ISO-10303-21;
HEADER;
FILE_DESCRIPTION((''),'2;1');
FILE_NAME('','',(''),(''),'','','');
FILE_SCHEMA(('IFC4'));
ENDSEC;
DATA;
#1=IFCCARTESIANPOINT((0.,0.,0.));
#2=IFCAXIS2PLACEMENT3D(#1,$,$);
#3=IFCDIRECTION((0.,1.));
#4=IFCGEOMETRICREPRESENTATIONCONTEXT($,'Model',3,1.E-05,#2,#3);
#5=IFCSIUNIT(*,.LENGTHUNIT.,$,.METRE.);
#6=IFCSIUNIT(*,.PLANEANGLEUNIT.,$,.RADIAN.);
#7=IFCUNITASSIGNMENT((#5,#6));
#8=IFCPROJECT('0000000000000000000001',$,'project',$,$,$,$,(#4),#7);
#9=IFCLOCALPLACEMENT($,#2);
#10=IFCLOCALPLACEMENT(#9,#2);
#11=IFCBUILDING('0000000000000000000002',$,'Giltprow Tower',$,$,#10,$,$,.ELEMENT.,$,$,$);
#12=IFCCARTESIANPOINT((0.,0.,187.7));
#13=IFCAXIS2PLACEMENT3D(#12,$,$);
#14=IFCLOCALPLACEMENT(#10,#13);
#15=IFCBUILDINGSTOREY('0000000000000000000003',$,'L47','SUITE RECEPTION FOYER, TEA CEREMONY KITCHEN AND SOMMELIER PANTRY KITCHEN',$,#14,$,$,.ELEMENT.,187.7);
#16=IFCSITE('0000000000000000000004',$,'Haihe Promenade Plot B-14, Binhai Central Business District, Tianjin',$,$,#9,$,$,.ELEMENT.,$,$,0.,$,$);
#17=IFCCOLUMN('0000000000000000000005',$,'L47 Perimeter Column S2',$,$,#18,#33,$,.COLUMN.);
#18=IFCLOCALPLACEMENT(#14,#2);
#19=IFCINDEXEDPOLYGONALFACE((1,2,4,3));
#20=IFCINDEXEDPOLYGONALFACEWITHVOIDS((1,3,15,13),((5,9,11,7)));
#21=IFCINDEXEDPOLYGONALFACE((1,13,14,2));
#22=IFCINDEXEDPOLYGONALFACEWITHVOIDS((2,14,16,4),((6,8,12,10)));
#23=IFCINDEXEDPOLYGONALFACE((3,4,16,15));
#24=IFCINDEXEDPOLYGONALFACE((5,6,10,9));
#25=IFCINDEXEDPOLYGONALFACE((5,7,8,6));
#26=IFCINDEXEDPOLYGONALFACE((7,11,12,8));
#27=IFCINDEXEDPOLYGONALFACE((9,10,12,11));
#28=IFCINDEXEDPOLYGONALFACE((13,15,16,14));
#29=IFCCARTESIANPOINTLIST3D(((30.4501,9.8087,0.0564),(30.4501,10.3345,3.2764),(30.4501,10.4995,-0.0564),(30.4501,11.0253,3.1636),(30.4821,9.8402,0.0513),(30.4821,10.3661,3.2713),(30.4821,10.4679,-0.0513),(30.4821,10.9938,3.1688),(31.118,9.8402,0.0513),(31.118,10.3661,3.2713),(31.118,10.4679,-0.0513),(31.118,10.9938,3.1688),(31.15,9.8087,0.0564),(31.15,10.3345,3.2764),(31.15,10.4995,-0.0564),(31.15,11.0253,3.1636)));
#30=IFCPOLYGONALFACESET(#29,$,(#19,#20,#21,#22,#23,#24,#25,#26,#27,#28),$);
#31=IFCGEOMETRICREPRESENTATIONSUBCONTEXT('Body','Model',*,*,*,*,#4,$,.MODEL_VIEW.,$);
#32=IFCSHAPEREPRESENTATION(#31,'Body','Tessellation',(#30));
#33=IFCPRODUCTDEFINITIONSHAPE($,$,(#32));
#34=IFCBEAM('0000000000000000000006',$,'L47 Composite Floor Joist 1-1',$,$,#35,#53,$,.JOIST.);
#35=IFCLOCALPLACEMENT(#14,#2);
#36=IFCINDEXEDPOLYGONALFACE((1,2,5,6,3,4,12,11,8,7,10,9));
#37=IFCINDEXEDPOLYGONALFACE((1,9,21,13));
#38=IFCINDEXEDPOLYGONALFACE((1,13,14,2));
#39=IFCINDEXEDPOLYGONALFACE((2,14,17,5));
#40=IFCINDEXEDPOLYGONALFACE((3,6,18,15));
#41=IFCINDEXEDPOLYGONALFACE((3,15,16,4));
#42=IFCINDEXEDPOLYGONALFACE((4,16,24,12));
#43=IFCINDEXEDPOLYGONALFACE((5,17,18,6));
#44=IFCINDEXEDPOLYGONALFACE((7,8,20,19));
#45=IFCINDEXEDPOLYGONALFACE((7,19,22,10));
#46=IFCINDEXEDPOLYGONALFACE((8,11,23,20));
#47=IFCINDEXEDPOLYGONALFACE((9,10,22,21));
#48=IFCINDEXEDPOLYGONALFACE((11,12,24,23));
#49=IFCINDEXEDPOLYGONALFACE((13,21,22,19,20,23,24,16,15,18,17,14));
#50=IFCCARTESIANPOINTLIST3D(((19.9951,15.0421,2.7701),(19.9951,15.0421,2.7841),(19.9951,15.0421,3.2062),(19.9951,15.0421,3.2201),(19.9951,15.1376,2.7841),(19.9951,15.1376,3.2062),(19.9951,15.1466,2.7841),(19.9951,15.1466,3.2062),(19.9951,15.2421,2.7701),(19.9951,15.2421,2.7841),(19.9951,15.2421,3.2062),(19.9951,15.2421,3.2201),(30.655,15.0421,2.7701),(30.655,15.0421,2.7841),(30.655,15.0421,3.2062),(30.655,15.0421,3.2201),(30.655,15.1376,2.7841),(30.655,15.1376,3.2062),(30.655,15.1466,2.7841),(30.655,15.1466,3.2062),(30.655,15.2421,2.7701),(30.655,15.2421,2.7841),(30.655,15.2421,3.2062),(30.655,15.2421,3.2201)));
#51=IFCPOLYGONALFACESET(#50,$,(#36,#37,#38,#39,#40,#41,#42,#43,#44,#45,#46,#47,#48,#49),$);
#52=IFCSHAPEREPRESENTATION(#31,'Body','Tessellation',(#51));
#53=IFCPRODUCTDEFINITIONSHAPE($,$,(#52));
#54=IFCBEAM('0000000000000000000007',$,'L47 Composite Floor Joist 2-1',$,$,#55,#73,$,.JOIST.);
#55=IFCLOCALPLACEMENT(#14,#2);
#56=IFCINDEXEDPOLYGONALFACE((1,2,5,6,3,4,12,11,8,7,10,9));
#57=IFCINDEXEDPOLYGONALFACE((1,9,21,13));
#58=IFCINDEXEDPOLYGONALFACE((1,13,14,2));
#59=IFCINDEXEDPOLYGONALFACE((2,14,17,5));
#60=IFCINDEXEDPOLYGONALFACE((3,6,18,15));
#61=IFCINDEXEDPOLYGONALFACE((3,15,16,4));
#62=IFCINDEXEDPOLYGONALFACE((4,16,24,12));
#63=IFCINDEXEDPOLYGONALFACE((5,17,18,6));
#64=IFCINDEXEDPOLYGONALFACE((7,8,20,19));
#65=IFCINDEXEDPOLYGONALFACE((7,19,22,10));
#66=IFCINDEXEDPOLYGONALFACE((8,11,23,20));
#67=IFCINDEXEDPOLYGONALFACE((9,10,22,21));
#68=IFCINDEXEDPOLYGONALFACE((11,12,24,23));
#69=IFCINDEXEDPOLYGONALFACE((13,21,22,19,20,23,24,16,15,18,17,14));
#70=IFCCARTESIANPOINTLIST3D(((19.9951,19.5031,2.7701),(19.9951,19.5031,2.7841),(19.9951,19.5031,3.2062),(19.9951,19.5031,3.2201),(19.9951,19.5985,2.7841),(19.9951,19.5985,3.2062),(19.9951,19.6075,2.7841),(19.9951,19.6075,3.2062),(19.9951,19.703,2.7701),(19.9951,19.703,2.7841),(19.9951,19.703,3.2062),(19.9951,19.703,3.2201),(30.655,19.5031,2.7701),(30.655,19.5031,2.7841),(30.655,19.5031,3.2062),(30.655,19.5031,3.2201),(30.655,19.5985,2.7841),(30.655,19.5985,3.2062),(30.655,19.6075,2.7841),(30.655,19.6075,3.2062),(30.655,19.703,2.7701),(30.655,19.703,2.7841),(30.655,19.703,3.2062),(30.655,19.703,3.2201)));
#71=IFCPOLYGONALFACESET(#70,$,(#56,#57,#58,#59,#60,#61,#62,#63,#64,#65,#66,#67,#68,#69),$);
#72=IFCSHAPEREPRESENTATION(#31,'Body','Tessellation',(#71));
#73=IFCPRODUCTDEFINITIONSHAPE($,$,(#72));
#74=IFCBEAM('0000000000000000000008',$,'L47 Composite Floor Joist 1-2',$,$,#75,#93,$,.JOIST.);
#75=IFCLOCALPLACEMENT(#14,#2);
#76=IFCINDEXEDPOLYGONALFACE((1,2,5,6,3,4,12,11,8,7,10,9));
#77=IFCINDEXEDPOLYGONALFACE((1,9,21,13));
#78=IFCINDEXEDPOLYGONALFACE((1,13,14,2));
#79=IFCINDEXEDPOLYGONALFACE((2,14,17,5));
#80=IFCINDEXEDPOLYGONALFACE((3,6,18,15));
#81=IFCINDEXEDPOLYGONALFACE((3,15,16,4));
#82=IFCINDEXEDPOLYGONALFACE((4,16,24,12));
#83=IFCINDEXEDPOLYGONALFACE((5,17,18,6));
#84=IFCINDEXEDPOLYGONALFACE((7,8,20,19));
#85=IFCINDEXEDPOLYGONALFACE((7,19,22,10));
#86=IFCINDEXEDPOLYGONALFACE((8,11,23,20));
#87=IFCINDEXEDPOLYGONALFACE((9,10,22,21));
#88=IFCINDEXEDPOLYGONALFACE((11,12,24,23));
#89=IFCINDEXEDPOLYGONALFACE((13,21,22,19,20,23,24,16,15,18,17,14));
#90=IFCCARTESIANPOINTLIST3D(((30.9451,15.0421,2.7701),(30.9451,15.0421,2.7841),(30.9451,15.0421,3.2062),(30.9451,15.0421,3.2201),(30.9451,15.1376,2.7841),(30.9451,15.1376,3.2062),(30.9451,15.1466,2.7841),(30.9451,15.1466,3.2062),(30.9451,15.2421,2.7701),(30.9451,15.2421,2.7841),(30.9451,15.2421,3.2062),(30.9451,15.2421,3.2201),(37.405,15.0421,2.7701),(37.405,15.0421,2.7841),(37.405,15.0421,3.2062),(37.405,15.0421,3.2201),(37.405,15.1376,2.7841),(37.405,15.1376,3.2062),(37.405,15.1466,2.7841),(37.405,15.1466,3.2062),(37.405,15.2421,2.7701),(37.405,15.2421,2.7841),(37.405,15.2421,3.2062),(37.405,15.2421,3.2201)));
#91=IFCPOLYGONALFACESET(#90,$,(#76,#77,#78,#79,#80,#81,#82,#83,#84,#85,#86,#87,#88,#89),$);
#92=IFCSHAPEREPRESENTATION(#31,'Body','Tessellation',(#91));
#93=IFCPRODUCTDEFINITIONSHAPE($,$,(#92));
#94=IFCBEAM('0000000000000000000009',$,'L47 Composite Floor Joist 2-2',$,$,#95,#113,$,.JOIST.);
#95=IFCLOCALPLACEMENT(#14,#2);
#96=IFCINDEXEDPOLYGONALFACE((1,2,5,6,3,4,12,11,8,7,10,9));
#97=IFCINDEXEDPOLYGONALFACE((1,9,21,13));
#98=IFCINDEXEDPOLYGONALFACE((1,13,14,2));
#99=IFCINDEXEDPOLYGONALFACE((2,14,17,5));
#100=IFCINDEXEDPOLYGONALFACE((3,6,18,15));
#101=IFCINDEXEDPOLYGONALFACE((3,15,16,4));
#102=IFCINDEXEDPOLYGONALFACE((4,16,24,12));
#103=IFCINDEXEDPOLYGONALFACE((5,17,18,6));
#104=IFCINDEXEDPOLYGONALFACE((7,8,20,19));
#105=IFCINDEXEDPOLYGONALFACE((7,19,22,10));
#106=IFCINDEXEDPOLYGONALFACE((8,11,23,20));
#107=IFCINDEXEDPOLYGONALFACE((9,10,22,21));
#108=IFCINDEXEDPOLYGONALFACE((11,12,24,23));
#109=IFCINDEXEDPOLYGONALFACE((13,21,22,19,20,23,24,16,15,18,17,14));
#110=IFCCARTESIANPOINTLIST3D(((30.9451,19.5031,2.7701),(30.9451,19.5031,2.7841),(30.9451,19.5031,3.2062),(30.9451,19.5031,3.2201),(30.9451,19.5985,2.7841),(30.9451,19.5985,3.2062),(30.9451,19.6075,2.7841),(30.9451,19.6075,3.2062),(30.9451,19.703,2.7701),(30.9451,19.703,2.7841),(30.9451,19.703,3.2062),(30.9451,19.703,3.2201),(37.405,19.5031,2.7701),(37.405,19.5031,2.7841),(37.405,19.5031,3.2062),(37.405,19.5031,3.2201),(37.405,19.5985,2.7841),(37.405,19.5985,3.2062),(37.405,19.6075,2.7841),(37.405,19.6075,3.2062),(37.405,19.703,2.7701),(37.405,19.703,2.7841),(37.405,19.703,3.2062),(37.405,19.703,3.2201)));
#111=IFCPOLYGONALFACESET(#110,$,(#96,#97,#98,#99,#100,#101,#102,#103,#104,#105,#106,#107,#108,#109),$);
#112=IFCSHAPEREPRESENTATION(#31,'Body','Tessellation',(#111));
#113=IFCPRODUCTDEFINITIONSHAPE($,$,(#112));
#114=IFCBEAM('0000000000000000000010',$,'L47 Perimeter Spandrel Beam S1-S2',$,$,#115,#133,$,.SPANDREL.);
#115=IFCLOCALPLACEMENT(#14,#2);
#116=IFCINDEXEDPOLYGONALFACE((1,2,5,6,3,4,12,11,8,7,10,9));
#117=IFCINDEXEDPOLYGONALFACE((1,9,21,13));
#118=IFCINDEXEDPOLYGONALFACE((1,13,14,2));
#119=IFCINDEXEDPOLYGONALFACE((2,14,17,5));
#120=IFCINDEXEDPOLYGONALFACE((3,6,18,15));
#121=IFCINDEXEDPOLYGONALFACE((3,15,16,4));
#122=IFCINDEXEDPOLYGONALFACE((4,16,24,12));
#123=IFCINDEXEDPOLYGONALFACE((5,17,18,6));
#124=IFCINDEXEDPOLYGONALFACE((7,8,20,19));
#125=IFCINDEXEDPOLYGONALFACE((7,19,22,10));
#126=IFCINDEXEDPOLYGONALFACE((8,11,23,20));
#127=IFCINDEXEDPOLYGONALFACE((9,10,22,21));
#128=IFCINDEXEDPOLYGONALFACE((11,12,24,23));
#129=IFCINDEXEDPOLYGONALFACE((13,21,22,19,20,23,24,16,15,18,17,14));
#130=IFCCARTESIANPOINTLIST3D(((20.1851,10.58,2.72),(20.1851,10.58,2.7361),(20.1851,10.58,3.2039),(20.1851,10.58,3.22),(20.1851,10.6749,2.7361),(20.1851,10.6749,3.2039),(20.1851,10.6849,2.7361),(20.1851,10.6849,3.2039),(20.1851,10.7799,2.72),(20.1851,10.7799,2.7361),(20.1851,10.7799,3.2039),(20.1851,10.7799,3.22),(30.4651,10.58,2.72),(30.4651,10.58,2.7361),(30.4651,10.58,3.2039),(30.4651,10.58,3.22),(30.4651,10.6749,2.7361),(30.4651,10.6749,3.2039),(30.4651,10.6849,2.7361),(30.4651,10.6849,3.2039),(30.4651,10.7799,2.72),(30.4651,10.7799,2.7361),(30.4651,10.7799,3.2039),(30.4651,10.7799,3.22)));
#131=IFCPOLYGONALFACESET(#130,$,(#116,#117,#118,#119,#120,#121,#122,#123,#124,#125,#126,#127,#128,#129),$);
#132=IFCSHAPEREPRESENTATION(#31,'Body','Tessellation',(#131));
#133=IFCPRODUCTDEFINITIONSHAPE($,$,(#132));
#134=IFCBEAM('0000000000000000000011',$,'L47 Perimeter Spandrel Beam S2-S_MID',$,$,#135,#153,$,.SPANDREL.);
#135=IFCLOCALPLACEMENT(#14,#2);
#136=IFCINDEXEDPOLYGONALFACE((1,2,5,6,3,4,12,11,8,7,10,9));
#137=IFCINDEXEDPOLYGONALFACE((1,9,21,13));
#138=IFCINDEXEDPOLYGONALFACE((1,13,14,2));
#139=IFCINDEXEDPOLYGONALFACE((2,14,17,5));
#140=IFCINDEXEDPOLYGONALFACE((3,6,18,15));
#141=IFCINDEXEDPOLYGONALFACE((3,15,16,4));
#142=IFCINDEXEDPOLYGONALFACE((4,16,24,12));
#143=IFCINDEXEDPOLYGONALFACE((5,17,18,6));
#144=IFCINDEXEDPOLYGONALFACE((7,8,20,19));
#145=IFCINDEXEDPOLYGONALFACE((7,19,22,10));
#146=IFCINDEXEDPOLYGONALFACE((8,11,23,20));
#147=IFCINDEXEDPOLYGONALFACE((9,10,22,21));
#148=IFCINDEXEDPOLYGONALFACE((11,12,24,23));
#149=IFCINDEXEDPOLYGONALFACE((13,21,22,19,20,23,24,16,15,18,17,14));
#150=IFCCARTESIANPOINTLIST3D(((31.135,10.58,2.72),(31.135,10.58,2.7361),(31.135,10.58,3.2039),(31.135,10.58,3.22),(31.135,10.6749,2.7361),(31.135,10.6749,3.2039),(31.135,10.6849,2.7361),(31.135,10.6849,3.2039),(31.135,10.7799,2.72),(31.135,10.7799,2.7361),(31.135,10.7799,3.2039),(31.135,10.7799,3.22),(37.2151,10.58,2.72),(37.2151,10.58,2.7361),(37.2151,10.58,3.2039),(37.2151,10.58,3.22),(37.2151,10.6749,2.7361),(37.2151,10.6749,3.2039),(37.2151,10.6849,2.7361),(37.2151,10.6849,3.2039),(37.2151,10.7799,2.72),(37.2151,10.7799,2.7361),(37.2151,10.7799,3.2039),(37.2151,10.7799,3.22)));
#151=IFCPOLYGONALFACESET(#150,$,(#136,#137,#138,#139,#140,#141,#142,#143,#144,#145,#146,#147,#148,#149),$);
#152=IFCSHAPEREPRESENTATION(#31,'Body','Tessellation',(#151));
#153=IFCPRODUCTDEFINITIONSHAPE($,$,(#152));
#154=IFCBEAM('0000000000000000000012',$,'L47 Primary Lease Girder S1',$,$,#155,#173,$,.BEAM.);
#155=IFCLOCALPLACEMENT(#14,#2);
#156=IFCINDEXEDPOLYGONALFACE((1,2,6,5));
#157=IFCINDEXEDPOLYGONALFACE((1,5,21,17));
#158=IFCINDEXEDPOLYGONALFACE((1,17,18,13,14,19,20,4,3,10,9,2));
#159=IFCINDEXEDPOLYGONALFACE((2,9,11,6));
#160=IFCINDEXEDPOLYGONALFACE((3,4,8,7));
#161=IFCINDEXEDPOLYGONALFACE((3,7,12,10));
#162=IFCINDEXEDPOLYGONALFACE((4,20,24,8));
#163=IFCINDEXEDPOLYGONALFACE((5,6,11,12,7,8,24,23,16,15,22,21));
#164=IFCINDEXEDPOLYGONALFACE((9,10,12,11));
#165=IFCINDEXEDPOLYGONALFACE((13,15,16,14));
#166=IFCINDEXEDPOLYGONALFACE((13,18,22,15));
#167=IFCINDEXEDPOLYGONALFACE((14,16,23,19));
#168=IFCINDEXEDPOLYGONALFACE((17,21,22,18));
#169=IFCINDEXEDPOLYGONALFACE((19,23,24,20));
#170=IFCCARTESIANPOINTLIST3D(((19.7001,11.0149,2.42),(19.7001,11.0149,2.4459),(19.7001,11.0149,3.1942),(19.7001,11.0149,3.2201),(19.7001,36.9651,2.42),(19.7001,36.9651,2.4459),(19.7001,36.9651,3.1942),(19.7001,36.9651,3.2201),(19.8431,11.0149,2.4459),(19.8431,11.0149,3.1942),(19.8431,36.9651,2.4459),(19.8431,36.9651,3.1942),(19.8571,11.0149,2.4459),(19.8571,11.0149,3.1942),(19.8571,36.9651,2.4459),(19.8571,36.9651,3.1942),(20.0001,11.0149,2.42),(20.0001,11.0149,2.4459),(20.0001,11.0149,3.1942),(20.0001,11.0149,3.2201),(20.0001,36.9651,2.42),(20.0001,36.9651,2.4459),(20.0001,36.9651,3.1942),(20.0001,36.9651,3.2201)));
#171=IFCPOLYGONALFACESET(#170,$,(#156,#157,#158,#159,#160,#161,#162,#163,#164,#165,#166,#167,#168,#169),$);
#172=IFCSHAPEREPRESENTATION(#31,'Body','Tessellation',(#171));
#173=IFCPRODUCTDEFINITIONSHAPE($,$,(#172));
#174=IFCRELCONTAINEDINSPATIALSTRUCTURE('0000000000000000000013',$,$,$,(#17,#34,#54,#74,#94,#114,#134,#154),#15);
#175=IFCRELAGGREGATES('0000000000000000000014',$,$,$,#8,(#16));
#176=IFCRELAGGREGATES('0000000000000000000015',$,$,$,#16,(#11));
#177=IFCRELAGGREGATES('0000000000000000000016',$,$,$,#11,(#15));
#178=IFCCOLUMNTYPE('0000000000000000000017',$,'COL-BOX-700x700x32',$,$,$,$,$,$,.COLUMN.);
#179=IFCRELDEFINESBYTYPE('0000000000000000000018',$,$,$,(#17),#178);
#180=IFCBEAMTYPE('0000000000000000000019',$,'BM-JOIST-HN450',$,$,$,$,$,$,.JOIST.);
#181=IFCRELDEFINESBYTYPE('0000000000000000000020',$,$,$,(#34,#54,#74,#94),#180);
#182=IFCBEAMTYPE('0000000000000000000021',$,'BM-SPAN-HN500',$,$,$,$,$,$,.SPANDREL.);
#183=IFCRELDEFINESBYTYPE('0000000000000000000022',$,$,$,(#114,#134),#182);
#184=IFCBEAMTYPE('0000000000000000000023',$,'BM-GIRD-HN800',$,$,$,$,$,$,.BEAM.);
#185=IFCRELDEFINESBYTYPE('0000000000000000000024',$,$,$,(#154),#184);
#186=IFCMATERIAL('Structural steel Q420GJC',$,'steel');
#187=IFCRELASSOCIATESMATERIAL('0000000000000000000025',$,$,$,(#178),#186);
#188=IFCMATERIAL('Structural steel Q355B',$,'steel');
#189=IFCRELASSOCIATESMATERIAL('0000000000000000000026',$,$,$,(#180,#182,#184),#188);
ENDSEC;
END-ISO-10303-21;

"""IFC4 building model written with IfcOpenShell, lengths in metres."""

from ifc_helpers import new_model, si_unit, direction, frame, origin, origin_2d, place, context, subcontext, project, spatial, hollow_rectangle, i_section, extrude, source, transform, mapped, material, material_profile, profile_set, type_object, element, save


model = new_model("IFC4")

# Units and contexts
model_context = context("Model", 3, precision=1e-05, world=origin(), true_north=direction((0.0, 1.0)))
body_context = subcontext(model_context, "Body", "Model", "MODEL_VIEW")
ifc_project = project(units=[si_unit("LENGTHUNIT", "METRE"), si_unit("PLANEANGLEUNIT", "RADIAN")], contexts=[model_context])

# Site, building, storey
site_placement = place(None, origin())
site = spatial("IfcSite", under=ifc_project, at=site_placement, Name="Haihe Promenade Plot B-14, Binhai Central Business District, Tianjin", CompositionType="ELEMENT", RefElevation=0.0)
building_placement = place(site_placement, origin())
building = spatial("IfcBuilding", under=site, at=building_placement, Name="Giltprow Tower", CompositionType="ELEMENT")
storey_placement = place(building_placement, frame((0.0, 0.0, 187.7)))
storey = spatial("IfcBuildingStorey", under=building, at=storey_placement, Name="L47", Description="SUITE RECEPTION FOYER, TEA CEREMONY KITCHEN AND SOMMELIER PANTRY KITCHEN", CompositionType="ELEMENT", Elevation=187.7)

# Column
ifc_material_1 = material(Name="Structural steel Q420GJC", Category="steel")
ifc_material_profile_1 = material_profile(ifc_material_1, hollow_rectangle(XDim=0.7, YDim=0.7, WallThickness=0.032, at=origin_2d()), Name="BOX 700x700x32")
ifc_profile_set_1 = profile_set([ifc_material_profile_1], Name="Structural steel Q420GJC")
column_type = type_object("IfcColumnType", Name="COL-BOX-700x700x32", PredefinedType="COLUMN", material=ifc_profile_set_1)
shared_shape_1 = source(origin(), body_context, "Body", "SweptSolid", [
    extrude(hollow_rectangle(XDim=0.7, YDim=0.7, WallThickness=0.032, at=origin_2d()), origin(), (0.0, 0.0, 1.0), 3.2627),
])
column_placement = place(storey_placement, frame((30.8, 10.1541, 0.0), z_axis=(0.0, 0.161182, 0.986925), x_axis=(-1.0, 0.0, 0.0)))
element("IfcColumn", 1, at=column_placement, inside=storey, type_object=column_type, Name="L47 Perimeter Column S2", PredefinedType="COLUMN", context=body_context, shape_type="MappedRepresentation", body=[
    mapped(shared_shape_1, transform((0.0, 0.0, 0.0), x_axis=(1.0, 0.0, 0.0), y_axis=(0.0, 1.0, 0.0), z_axis=(0.0, 0.0, 1.0), scale=1.0)),
])

# Beams
ifc_material_2 = material(Name="Structural steel Q355B", Category="steel")
ifc_material_profile_2 = material_profile(ifc_material_2, i_section(OverallWidth=0.2, OverallDepth=0.45, WebThickness=0.009, FlangeThickness=0.0139, at=origin_2d()), Name="HN 450x200x9x14")
ifc_profile_set_2 = profile_set([ifc_material_profile_2], Name="Structural steel Q355B")
beam_type_1 = type_object("IfcBeamType", Name="BM-JOIST-HN450", PredefinedType="JOIST", material=ifc_profile_set_2)
shared_shape_2 = source(origin(), body_context, "Body", "SweptSolid", [
    extrude(i_section(OverallWidth=0.2, OverallDepth=0.45, WebThickness=0.009, FlangeThickness=0.0139, at=origin_2d()), origin(), (0.0, 0.0, 1.0), 10.6599),
])
for number, where, z_axis, x_axis, name in (
    (2, (19.9951, 15.1421, 2.9951), (1.0, 0.0, 0.0), (0.0, 1.0, 0.0), "L47 Composite Floor Joist 1-1"),
    (3, (19.9951, 19.603, 2.9951), (1.0, 0.0, 0.0), (0.0, 1.0, 0.0), "L47 Composite Floor Joist 2-1"),
):
    element("IfcBeam", number, at=place(storey_placement, frame(where, z_axis=z_axis, x_axis=x_axis)), inside=storey, type_object=beam_type_1, Name=name, PredefinedType="JOIST", context=body_context, shape_type="MappedRepresentation", body=[
        mapped(shared_shape_2, transform((0.0, 0.0, 0.0), x_axis=(1.0, 0.0, 0.0), y_axis=(0.0, 1.0, 0.0), z_axis=(0.0, 0.0, 1.0), scale=1.0)),
    ])
shared_shape_3 = source(origin(), body_context, "Body", "SweptSolid", [
    extrude(i_section(OverallWidth=0.2, OverallDepth=0.45, WebThickness=0.009, FlangeThickness=0.0139, at=origin_2d()), origin(), (0.0, 0.0, 1.0), 6.46),
])
for number, where, z_axis, x_axis, name in (
    (4, (30.9451, 15.1421, 2.9951), (1.0, 0.0, 0.0), (0.0, 1.0, 0.0), "L47 Composite Floor Joist 1-2"),
    (5, (30.9451, 19.603, 2.9951), (1.0, 0.0, 0.0), (0.0, 1.0, 0.0), "L47 Composite Floor Joist 2-2"),
):
    element("IfcBeam", number, at=place(storey_placement, frame(where, z_axis=z_axis, x_axis=x_axis)), inside=storey, type_object=beam_type_1, Name=name, PredefinedType="JOIST", context=body_context, shape_type="MappedRepresentation", body=[
        mapped(shared_shape_3, transform((0.0, 0.0, 0.0), x_axis=(1.0, 0.0, 0.0), y_axis=(0.0, 1.0, 0.0), z_axis=(0.0, 0.0, 1.0), scale=1.0)),
    ])
ifc_material_profile_3 = material_profile(ifc_material_2, i_section(OverallWidth=0.2, OverallDepth=0.5, WebThickness=0.01, FlangeThickness=0.0161, at=origin_2d()), Name="HN 500x200x10x16")
ifc_profile_set_3 = profile_set([ifc_material_profile_3], Name="Structural steel Q355B")
beam_type_2 = type_object("IfcBeamType", Name="BM-SPAN-HN500", PredefinedType="SPANDREL", material=ifc_profile_set_3)
shared_shape_4 = source(origin(), body_context, "Body", "SweptSolid", [
    extrude(i_section(OverallWidth=0.2, OverallDepth=0.5, WebThickness=0.01, FlangeThickness=0.0161, at=origin_2d()), origin(), (0.0, 0.0, 1.0), 10.28),
])
beam_1_placement = place(storey_placement, frame((20.1851, 10.6799, 2.97), z_axis=(1.0, 0.0, 0.0), x_axis=(0.0, 1.0, 0.0)))
element("IfcBeam", 6, at=beam_1_placement, inside=storey, type_object=beam_type_2, Name="L47 Perimeter Spandrel Beam S1-S2", PredefinedType="SPANDREL", context=body_context, shape_type="MappedRepresentation", body=[
    mapped(shared_shape_4, transform((0.0, 0.0, 0.0), x_axis=(1.0, 0.0, 0.0), y_axis=(0.0, 1.0, 0.0), z_axis=(0.0, 0.0, 1.0), scale=1.0)),
])
shared_shape_5 = source(origin(), body_context, "Body", "SweptSolid", [
    extrude(i_section(OverallWidth=0.2, OverallDepth=0.5, WebThickness=0.01, FlangeThickness=0.0161, at=origin_2d()), origin(), (0.0, 0.0, 1.0), 6.0801),
])
beam_2_placement = place(storey_placement, frame((31.135, 10.6799, 2.97), z_axis=(1.0, 0.0, 0.0), x_axis=(0.0, 1.0, 0.0)))
element("IfcBeam", 7, at=beam_2_placement, inside=storey, type_object=beam_type_2, Name="L47 Perimeter Spandrel Beam S2-S_MID", PredefinedType="SPANDREL", context=body_context, shape_type="MappedRepresentation", body=[
    mapped(shared_shape_5, transform((0.0, 0.0, 0.0), x_axis=(1.0, 0.0, 0.0), y_axis=(0.0, 1.0, 0.0), z_axis=(0.0, 0.0, 1.0), scale=1.0)),
])
ifc_material_profile_4 = material_profile(ifc_material_2, i_section(OverallWidth=0.3, OverallDepth=0.8, WebThickness=0.0139, FlangeThickness=0.0259, at=origin_2d()), Name="HN 800x300x14x26")
ifc_profile_set_4 = profile_set([ifc_material_profile_4], Name="Structural steel Q355B")
beam_type_3 = type_object("IfcBeamType", Name="BM-GIRD-HN800", PredefinedType="BEAM", material=ifc_profile_set_4)
shared_shape_6 = source(origin(), body_context, "Body", "SweptSolid", [
    extrude(i_section(OverallWidth=0.3, OverallDepth=0.8, WebThickness=0.0139, FlangeThickness=0.0259, at=origin_2d()), origin(), (0.0, 0.0, 1.0), 25.9502),
])
for number, where, z_axis, x_axis, name in (
    (8, (19.8501, 11.0149, 2.8201), (0.0, 1.0, 0.0), (-1.0, 0.0, 0.0), "L47 Primary Lease Girder S1"),
):
    element("IfcBeam", number, at=place(storey_placement, frame(where, z_axis=z_axis, x_axis=x_axis)), inside=storey, type_object=beam_type_3, Name=name, PredefinedType="BEAM", context=body_context, shape_type="MappedRepresentation", body=[
        mapped(shared_shape_6, transform((0.0, 0.0, 0.0), x_axis=(1.0, 0.0, 0.0), y_axis=(0.0, 1.0, 0.0), z_axis=(0.0, 0.0, 1.0), scale=1.0)),
    ])

save(model, "model.ifc")
